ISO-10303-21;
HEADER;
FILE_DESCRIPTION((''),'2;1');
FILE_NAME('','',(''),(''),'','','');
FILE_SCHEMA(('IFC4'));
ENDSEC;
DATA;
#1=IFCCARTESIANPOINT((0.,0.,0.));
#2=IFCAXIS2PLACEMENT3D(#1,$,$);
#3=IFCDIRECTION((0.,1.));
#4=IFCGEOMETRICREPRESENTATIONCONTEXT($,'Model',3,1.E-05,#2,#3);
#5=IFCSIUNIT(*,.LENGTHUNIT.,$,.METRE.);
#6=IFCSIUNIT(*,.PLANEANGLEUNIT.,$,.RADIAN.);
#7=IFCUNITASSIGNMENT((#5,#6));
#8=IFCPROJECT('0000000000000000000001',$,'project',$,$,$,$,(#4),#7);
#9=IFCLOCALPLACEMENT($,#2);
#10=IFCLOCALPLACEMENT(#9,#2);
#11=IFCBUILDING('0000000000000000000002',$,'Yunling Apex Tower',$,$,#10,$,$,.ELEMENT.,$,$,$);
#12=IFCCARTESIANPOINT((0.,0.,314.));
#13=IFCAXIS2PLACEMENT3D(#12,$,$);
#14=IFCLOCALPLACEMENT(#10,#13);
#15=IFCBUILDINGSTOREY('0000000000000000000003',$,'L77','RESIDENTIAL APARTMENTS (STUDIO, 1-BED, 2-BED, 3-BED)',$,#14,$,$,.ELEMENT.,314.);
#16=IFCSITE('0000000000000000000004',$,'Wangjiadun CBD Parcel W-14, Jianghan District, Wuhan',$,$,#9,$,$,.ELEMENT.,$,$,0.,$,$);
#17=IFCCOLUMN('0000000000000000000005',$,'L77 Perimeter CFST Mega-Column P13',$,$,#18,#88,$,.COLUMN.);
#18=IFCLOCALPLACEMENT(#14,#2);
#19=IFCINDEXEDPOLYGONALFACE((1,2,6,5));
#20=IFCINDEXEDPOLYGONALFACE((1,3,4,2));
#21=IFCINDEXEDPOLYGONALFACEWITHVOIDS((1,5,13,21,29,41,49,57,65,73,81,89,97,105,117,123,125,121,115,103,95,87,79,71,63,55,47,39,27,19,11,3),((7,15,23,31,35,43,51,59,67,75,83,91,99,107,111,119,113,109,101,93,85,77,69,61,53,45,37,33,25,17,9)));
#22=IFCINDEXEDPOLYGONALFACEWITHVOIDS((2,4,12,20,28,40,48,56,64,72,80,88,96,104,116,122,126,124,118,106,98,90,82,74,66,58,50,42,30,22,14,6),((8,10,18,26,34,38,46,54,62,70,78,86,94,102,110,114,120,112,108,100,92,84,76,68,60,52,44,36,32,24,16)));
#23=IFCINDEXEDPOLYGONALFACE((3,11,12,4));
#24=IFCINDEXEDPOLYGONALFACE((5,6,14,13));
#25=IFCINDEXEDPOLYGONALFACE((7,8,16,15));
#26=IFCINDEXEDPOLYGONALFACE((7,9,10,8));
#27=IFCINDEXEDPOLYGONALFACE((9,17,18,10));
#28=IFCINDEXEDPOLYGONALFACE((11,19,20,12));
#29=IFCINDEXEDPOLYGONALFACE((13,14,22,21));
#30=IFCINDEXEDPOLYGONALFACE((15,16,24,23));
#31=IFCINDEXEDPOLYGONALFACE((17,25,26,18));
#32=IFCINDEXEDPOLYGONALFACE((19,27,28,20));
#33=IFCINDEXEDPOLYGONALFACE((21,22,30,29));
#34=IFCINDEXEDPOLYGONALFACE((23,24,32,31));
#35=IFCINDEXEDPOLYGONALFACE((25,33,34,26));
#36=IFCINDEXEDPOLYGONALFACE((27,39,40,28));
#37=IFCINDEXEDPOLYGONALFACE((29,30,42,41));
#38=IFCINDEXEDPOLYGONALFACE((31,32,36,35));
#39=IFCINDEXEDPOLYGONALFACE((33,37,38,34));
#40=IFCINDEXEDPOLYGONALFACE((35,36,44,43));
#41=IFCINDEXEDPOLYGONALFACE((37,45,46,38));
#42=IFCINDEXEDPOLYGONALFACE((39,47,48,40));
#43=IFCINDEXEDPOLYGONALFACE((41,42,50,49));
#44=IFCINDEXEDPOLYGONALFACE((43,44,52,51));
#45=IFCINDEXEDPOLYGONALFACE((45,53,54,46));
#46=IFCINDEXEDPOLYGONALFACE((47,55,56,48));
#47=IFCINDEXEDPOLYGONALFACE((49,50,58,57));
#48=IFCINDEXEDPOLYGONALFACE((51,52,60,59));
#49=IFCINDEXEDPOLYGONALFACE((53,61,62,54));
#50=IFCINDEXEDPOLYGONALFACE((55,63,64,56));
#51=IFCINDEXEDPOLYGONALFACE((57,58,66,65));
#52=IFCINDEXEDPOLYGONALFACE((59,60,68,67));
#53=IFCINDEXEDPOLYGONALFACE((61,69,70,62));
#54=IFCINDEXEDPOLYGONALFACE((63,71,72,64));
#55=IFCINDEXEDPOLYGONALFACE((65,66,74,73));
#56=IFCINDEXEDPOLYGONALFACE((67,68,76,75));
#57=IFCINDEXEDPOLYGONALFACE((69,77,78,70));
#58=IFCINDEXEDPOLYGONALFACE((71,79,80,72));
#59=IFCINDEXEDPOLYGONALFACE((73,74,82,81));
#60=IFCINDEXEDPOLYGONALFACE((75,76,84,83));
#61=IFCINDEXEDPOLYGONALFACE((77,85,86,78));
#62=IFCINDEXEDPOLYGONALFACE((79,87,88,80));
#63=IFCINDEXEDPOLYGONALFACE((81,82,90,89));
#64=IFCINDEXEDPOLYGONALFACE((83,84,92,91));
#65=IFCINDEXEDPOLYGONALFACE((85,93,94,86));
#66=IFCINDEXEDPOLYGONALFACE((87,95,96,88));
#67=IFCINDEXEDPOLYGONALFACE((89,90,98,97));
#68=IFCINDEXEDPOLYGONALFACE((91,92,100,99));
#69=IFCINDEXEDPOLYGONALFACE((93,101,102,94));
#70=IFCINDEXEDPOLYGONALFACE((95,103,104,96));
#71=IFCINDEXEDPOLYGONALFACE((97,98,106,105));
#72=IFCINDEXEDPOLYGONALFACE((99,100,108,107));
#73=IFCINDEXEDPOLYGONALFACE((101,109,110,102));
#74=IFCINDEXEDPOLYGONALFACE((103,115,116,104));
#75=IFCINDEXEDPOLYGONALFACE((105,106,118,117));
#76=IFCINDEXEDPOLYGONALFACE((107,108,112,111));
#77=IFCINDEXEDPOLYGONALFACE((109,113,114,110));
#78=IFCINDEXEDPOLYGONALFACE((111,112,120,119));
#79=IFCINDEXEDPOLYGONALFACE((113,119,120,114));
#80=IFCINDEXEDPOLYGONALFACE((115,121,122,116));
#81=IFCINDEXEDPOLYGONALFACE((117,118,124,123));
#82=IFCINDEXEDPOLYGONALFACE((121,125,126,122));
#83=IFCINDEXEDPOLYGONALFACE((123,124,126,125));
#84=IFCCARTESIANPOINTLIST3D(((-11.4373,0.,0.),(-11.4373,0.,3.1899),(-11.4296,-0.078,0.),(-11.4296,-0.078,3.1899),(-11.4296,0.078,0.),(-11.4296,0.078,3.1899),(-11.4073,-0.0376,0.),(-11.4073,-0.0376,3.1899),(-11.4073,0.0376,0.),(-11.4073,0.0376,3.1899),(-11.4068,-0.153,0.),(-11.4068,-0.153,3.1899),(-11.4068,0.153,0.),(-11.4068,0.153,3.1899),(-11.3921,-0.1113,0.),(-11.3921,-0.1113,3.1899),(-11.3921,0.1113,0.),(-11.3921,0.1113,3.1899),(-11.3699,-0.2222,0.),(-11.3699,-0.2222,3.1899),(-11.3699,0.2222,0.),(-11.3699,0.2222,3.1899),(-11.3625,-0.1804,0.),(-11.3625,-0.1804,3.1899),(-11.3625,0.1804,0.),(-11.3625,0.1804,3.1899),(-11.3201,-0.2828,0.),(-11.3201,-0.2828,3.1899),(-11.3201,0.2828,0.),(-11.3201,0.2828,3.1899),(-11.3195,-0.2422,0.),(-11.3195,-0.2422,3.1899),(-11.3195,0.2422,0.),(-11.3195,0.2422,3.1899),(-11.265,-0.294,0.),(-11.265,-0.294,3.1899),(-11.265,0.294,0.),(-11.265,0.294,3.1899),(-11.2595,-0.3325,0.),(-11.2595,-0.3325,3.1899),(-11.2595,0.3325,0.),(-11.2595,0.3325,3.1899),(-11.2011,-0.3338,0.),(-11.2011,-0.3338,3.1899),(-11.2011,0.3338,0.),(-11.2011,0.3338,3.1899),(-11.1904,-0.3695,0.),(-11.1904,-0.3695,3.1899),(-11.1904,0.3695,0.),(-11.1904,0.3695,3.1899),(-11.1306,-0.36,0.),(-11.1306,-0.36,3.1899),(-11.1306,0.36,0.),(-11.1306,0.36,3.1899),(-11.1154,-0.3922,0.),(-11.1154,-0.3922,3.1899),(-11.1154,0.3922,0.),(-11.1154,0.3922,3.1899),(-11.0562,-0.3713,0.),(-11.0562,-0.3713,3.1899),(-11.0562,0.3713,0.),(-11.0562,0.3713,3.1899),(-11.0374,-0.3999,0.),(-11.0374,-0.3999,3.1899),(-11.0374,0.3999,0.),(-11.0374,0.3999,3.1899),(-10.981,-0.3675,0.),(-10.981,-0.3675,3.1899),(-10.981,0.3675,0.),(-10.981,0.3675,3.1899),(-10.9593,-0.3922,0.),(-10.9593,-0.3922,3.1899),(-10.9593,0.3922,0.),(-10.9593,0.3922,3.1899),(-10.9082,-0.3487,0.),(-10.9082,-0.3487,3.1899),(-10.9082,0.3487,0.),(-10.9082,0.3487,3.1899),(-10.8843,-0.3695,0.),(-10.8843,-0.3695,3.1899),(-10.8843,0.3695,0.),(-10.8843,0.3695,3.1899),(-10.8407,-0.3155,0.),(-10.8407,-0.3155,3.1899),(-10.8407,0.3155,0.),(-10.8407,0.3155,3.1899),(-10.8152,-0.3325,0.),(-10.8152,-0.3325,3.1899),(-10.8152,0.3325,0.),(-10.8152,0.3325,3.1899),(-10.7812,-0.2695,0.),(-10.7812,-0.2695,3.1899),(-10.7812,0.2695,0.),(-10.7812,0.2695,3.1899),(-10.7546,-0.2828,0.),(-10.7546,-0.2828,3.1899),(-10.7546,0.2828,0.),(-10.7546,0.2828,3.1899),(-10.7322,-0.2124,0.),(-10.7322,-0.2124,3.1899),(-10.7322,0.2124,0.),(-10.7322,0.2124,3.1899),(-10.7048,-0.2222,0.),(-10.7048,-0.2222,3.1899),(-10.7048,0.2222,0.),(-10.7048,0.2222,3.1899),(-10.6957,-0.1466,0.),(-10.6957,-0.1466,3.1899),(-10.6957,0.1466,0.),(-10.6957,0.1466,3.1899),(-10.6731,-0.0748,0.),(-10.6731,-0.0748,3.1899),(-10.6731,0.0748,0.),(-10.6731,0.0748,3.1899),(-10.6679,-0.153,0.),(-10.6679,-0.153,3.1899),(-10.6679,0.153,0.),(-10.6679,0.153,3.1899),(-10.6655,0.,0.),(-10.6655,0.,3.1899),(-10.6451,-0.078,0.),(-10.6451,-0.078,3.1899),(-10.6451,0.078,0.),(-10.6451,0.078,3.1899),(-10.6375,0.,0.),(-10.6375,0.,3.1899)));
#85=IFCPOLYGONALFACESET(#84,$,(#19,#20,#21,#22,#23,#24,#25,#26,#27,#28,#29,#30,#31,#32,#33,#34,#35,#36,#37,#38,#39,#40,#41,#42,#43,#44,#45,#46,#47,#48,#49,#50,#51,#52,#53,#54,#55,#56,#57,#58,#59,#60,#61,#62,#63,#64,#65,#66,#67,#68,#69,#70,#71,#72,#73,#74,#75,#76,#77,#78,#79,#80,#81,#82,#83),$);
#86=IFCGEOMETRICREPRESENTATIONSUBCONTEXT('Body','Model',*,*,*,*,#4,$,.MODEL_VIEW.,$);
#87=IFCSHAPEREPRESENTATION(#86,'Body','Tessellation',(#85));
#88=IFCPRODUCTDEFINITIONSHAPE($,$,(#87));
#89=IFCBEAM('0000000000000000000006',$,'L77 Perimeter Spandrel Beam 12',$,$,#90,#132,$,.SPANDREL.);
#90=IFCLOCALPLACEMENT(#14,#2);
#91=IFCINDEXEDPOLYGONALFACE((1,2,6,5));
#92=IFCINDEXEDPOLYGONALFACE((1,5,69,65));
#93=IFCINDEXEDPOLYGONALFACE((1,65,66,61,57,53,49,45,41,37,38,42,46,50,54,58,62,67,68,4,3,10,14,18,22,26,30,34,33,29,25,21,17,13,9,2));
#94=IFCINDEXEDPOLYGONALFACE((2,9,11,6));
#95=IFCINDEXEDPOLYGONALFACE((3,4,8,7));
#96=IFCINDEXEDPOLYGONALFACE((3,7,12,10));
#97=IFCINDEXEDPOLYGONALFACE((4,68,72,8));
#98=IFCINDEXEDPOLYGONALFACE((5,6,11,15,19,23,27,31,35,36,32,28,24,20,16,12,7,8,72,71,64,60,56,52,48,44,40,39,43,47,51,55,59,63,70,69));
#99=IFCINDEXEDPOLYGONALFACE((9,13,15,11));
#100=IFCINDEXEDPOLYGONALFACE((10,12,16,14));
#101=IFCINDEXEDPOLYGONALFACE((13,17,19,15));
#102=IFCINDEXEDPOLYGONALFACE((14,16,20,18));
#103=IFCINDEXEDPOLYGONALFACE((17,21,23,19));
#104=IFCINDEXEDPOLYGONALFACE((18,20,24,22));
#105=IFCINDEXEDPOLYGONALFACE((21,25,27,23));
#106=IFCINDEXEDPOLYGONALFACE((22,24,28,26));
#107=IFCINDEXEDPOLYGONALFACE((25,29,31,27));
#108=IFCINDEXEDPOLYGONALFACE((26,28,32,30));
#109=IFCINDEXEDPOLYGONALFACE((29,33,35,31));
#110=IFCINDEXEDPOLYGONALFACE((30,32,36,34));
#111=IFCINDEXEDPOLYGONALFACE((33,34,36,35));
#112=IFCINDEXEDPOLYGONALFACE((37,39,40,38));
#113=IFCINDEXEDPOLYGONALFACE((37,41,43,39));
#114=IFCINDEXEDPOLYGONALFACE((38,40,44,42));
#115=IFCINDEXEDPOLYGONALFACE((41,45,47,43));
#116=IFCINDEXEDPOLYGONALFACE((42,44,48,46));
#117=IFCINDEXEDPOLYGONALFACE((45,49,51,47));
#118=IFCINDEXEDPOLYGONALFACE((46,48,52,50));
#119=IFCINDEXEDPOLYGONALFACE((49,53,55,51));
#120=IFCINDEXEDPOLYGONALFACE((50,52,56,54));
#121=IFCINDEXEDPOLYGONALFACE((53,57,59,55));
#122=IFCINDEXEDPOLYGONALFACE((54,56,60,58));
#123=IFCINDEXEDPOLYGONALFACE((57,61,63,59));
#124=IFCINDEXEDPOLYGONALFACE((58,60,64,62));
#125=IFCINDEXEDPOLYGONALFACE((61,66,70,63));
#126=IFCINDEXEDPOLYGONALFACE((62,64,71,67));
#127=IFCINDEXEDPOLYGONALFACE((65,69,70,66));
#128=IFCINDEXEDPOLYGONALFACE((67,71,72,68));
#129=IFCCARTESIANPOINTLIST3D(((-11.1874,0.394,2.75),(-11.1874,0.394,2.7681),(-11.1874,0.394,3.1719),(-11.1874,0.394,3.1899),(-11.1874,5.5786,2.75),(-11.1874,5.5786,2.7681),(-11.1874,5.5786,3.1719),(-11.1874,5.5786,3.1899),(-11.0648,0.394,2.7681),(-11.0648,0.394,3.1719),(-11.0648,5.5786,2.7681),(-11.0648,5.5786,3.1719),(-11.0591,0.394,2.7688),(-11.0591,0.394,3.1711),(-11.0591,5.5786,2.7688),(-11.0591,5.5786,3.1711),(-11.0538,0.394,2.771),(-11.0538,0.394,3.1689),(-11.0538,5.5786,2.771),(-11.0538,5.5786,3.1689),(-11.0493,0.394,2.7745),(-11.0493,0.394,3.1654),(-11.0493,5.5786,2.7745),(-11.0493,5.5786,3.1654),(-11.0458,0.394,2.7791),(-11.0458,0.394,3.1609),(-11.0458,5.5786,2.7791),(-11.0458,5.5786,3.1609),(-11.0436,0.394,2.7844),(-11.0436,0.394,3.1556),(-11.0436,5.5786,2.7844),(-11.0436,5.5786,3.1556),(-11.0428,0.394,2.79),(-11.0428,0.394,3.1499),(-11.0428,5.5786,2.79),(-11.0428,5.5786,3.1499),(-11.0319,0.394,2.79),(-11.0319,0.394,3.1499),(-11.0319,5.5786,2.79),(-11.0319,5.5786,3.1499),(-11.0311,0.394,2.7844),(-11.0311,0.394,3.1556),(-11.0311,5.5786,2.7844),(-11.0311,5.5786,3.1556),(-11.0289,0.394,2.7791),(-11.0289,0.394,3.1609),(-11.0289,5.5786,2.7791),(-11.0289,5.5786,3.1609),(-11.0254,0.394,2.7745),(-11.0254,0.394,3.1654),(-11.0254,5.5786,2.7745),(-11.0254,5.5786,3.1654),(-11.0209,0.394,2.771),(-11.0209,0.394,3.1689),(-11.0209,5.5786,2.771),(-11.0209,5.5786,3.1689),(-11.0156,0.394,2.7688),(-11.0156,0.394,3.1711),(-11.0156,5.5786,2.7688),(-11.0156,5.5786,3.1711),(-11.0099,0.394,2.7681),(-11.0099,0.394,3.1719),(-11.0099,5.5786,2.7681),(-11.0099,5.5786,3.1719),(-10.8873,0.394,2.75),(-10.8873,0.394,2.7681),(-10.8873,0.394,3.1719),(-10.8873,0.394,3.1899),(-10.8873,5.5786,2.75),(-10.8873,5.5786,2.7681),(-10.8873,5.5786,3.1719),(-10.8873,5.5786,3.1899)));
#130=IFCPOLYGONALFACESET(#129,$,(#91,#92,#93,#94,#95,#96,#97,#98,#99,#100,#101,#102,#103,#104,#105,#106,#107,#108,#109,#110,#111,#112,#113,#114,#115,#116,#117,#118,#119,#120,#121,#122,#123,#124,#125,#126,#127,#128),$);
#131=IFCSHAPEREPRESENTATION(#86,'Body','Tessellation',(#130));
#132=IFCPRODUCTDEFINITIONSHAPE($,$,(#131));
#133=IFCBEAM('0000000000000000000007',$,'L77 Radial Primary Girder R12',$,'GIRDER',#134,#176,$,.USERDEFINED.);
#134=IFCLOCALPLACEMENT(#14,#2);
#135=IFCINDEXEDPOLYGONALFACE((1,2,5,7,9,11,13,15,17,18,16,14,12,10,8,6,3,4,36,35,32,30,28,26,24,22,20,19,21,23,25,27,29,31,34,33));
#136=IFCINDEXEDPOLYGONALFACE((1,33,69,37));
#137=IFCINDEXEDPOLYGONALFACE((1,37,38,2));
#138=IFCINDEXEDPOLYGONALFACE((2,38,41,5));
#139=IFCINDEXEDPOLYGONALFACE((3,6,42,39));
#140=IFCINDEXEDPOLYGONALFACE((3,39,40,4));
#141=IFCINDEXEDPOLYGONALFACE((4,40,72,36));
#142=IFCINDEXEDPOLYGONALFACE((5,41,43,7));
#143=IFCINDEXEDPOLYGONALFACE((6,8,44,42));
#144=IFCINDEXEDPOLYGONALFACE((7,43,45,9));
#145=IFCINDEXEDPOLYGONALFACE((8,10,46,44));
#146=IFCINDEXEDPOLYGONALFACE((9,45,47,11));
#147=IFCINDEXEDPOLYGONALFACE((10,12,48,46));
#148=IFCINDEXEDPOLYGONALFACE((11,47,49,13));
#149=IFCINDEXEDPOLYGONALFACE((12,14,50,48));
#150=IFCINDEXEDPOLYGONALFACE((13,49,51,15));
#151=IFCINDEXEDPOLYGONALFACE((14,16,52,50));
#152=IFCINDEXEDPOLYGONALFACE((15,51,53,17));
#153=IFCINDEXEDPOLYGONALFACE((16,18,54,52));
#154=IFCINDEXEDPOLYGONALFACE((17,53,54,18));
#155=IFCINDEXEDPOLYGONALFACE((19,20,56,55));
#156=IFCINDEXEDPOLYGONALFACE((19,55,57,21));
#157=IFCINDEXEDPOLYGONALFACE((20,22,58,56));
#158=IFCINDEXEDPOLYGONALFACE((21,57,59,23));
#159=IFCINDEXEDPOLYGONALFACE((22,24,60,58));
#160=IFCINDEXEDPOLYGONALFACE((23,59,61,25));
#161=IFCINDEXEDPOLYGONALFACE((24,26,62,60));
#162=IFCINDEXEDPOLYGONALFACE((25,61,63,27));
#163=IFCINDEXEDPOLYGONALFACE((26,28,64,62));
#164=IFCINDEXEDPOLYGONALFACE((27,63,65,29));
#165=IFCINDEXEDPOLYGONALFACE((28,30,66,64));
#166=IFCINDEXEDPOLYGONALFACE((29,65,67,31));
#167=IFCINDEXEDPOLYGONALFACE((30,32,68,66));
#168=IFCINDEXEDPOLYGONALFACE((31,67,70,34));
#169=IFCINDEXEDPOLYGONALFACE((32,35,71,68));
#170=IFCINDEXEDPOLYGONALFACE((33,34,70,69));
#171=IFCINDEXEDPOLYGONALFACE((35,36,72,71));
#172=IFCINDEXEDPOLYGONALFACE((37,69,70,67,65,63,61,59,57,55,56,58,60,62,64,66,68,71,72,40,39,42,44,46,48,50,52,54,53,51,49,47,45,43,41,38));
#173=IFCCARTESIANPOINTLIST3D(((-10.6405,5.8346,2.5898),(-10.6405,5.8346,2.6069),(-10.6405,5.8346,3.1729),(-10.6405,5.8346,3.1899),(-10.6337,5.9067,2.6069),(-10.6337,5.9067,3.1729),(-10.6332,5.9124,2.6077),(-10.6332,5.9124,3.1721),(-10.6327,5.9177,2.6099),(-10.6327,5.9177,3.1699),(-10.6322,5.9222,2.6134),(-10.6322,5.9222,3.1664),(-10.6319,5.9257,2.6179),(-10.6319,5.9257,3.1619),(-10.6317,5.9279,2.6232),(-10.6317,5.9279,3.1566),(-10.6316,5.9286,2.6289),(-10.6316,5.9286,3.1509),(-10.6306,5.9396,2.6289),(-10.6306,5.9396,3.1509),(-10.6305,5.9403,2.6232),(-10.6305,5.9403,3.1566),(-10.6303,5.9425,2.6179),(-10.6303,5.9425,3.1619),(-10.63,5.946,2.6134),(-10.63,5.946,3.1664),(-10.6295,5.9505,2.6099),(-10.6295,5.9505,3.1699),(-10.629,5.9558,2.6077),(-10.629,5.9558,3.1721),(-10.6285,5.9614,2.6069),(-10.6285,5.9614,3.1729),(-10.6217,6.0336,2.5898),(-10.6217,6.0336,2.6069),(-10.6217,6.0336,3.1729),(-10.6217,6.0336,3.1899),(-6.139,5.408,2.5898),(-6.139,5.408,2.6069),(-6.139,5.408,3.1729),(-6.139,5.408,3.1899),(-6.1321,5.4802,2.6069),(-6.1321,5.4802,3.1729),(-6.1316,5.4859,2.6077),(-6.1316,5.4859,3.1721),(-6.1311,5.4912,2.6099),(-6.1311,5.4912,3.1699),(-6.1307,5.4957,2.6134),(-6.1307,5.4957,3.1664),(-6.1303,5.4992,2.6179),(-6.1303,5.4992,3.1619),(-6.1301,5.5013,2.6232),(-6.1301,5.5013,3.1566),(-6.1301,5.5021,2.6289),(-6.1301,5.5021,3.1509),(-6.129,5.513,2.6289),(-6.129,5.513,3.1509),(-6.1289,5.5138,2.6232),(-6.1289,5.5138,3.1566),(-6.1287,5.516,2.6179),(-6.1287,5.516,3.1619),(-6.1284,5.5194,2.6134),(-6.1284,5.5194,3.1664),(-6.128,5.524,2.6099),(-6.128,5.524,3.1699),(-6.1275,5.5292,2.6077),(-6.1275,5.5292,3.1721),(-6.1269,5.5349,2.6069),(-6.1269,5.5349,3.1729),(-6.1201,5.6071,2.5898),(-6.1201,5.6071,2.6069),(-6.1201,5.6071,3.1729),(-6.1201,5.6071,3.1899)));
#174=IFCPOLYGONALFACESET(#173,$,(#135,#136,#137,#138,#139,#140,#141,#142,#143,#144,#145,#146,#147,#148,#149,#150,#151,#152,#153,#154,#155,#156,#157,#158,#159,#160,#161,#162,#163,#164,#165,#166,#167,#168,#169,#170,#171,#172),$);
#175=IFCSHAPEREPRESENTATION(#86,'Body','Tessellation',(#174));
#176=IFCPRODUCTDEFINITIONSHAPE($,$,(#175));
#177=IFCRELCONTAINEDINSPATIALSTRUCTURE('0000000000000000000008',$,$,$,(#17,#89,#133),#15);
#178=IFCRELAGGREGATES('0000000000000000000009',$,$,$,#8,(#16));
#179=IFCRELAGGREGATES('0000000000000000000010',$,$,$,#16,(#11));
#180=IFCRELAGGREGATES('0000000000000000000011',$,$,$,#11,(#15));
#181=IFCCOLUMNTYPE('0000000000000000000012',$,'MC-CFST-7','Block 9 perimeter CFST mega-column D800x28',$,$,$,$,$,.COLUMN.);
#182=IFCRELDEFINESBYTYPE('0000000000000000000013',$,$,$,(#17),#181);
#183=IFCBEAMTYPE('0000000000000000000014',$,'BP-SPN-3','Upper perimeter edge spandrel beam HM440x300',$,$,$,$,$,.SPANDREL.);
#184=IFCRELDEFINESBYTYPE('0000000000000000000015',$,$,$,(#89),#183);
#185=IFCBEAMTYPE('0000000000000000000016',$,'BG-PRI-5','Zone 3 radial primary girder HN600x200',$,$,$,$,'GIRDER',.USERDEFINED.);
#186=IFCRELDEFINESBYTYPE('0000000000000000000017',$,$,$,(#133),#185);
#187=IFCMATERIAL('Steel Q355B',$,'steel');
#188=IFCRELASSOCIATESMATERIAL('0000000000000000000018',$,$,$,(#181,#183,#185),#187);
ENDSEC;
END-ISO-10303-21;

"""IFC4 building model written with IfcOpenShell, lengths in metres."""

from ifc_helpers import new_model, si_unit, direction, frame, origin, origin_2d, place, context, subcontext, project, spatial, hollow_circle, i_section, extrude, source, transform, mapped, material, material_profile, profile_set, type_object, element, save


model = new_model("IFC4")

# Units and contexts
model_context = context("Model", 3, precision=1e-05, world=origin(), true_north=direction((0.0, 1.0)))
body_context = subcontext(model_context, "Body", "Model", "MODEL_VIEW")
ifc_project = project(units=[si_unit("LENGTHUNIT", "METRE"), si_unit("PLANEANGLEUNIT", "RADIAN")], contexts=[model_context])

# Site, building, storey
site_placement = place(None, origin())
site = spatial("IfcSite", under=ifc_project, at=site_placement, Name="Wangjiadun CBD Parcel W-14, Jianghan District, Wuhan", CompositionType="ELEMENT", RefElevation=0.0)
building_placement = place(site_placement, origin())
building = spatial("IfcBuilding", under=site, at=building_placement, Name="Yunling Apex Tower", CompositionType="ELEMENT")
storey_placement = place(building_placement, frame((0.0, 0.0, 314.0)))
storey = spatial("IfcBuildingStorey", under=building, at=storey_placement, Name="L77", Description="RESIDENTIAL APARTMENTS (STUDIO, 1-BED, 2-BED, 3-BED)", CompositionType="ELEMENT", Elevation=314.0)

# Column
ifc_material_1 = material(Name="Steel Q355B", Category="steel")
ifc_material_profile_1 = material_profile(ifc_material_1, hollow_circle(Radius=0.3999, WallThickness=0.0281, at=origin_2d()))
ifc_profile_set_1 = profile_set([ifc_material_profile_1], Name="Steel Q355B")
column_type = type_object("IfcColumnType", Name="MC-CFST-7", Description="Block 9 perimeter CFST mega-column D800x28", PredefinedType="COLUMN", material=ifc_profile_set_1)
shared_shape_1 = source(origin(), body_context, "Body", "SweptSolid", [
    extrude(hollow_circle(Radius=0.3999, WallThickness=0.0281, at=origin_2d()), origin(), (0.0, 0.0, 1.0), 3.1899),
])
column_placement = place(storey_placement, frame((-11.0374, 0.0, 0.0), z_axis=(0.0, 0.0, 1.0), x_axis=(1.0, 0.0, 0.0)))
element("IfcColumn", 1, at=column_placement, inside=storey, type_object=column_type, Name="L77 Perimeter CFST Mega-Column P13", PredefinedType="COLUMN", context=body_context, shape_type="MappedRepresentation", body=[
    mapped(shared_shape_1, transform((0.0, 0.0, 0.0), scale=1.0)),
])

# Beams
ifc_material_profile_2 = material_profile(ifc_material_1, i_section(OverallWidth=0.3, OverallDepth=0.4399, WebThickness=0.011, FlangeThickness=0.0181, FilletRadius=0.022, at=origin_2d()))
ifc_profile_set_2 = profile_set([ifc_material_profile_2], Name="Steel Q355B")
beam_type_1 = type_object("IfcBeamType", Name="BP-SPN-3", Description="Upper perimeter edge spandrel beam HM440x300", PredefinedType="SPANDREL", material=ifc_profile_set_2)
shared_shape_2 = source(origin(), body_context, "Body", "SweptSolid", [
    extrude(i_section(OverallWidth=0.3, OverallDepth=0.4399, WebThickness=0.011, FlangeThickness=0.0181, FilletRadius=0.022, at=origin_2d()), origin(), (0.0, 0.0, 1.0), 5.1846),
])
beam_1_placement = place(storey_placement, frame((-11.0374, 5.5786, 2.97), z_axis=(0.0, -1.0, 0.0), x_axis=(1.0, 0.0, 0.0)))
element("IfcBeam", 2, at=beam_1_placement, inside=storey, type_object=beam_type_1, Name="L77 Perimeter Spandrel Beam 12", PredefinedType="SPANDREL", context=body_context, shape_type="MappedRepresentation", body=[
    mapped(shared_shape_2, transform((0.0, 0.0, 0.0), scale=1.0)),
])
ifc_material_profile_3 = material_profile(ifc_material_1, i_section(OverallWidth=0.2, OverallDepth=0.6001, WebThickness=0.011, FlangeThickness=0.0171, FilletRadius=0.022, at=origin_2d()))
ifc_profile_set_3 = profile_set([ifc_material_profile_3], Name="Steel Q355B")
beam_type_2 = type_object("IfcBeamType", Name="BG-PRI-5", Description="Zone 3 radial primary girder HN600x200", ElementType="GIRDER", PredefinedType="USERDEFINED", material=ifc_profile_set_3)
shared_shape_3 = source(origin(), body_context, "Body", "SweptSolid", [
    extrude(i_section(OverallWidth=0.2, OverallDepth=0.6001, WebThickness=0.011, FlangeThickness=0.0171, FilletRadius=0.022, at=origin_2d()), origin(), (0.0, 0.0, 1.0), 4.5217),
])
beam_2_placement = place(storey_placement, frame((-10.6311, 5.9341, 2.8899), z_axis=(0.995541, -0.094328, 0.0), x_axis=(0.094328, 0.995541, 0.0)))
element("IfcBeam", 3, at=beam_2_placement, inside=storey, type_object=beam_type_2, Name="L77 Radial Primary Girder R12", ObjectType="GIRDER", PredefinedType="USERDEFINED", context=body_context, shape_type="MappedRepresentation", body=[
    mapped(shared_shape_3, transform((0.0, 0.0, 0.0), scale=1.0)),
])

save(model, "model.ifc")
